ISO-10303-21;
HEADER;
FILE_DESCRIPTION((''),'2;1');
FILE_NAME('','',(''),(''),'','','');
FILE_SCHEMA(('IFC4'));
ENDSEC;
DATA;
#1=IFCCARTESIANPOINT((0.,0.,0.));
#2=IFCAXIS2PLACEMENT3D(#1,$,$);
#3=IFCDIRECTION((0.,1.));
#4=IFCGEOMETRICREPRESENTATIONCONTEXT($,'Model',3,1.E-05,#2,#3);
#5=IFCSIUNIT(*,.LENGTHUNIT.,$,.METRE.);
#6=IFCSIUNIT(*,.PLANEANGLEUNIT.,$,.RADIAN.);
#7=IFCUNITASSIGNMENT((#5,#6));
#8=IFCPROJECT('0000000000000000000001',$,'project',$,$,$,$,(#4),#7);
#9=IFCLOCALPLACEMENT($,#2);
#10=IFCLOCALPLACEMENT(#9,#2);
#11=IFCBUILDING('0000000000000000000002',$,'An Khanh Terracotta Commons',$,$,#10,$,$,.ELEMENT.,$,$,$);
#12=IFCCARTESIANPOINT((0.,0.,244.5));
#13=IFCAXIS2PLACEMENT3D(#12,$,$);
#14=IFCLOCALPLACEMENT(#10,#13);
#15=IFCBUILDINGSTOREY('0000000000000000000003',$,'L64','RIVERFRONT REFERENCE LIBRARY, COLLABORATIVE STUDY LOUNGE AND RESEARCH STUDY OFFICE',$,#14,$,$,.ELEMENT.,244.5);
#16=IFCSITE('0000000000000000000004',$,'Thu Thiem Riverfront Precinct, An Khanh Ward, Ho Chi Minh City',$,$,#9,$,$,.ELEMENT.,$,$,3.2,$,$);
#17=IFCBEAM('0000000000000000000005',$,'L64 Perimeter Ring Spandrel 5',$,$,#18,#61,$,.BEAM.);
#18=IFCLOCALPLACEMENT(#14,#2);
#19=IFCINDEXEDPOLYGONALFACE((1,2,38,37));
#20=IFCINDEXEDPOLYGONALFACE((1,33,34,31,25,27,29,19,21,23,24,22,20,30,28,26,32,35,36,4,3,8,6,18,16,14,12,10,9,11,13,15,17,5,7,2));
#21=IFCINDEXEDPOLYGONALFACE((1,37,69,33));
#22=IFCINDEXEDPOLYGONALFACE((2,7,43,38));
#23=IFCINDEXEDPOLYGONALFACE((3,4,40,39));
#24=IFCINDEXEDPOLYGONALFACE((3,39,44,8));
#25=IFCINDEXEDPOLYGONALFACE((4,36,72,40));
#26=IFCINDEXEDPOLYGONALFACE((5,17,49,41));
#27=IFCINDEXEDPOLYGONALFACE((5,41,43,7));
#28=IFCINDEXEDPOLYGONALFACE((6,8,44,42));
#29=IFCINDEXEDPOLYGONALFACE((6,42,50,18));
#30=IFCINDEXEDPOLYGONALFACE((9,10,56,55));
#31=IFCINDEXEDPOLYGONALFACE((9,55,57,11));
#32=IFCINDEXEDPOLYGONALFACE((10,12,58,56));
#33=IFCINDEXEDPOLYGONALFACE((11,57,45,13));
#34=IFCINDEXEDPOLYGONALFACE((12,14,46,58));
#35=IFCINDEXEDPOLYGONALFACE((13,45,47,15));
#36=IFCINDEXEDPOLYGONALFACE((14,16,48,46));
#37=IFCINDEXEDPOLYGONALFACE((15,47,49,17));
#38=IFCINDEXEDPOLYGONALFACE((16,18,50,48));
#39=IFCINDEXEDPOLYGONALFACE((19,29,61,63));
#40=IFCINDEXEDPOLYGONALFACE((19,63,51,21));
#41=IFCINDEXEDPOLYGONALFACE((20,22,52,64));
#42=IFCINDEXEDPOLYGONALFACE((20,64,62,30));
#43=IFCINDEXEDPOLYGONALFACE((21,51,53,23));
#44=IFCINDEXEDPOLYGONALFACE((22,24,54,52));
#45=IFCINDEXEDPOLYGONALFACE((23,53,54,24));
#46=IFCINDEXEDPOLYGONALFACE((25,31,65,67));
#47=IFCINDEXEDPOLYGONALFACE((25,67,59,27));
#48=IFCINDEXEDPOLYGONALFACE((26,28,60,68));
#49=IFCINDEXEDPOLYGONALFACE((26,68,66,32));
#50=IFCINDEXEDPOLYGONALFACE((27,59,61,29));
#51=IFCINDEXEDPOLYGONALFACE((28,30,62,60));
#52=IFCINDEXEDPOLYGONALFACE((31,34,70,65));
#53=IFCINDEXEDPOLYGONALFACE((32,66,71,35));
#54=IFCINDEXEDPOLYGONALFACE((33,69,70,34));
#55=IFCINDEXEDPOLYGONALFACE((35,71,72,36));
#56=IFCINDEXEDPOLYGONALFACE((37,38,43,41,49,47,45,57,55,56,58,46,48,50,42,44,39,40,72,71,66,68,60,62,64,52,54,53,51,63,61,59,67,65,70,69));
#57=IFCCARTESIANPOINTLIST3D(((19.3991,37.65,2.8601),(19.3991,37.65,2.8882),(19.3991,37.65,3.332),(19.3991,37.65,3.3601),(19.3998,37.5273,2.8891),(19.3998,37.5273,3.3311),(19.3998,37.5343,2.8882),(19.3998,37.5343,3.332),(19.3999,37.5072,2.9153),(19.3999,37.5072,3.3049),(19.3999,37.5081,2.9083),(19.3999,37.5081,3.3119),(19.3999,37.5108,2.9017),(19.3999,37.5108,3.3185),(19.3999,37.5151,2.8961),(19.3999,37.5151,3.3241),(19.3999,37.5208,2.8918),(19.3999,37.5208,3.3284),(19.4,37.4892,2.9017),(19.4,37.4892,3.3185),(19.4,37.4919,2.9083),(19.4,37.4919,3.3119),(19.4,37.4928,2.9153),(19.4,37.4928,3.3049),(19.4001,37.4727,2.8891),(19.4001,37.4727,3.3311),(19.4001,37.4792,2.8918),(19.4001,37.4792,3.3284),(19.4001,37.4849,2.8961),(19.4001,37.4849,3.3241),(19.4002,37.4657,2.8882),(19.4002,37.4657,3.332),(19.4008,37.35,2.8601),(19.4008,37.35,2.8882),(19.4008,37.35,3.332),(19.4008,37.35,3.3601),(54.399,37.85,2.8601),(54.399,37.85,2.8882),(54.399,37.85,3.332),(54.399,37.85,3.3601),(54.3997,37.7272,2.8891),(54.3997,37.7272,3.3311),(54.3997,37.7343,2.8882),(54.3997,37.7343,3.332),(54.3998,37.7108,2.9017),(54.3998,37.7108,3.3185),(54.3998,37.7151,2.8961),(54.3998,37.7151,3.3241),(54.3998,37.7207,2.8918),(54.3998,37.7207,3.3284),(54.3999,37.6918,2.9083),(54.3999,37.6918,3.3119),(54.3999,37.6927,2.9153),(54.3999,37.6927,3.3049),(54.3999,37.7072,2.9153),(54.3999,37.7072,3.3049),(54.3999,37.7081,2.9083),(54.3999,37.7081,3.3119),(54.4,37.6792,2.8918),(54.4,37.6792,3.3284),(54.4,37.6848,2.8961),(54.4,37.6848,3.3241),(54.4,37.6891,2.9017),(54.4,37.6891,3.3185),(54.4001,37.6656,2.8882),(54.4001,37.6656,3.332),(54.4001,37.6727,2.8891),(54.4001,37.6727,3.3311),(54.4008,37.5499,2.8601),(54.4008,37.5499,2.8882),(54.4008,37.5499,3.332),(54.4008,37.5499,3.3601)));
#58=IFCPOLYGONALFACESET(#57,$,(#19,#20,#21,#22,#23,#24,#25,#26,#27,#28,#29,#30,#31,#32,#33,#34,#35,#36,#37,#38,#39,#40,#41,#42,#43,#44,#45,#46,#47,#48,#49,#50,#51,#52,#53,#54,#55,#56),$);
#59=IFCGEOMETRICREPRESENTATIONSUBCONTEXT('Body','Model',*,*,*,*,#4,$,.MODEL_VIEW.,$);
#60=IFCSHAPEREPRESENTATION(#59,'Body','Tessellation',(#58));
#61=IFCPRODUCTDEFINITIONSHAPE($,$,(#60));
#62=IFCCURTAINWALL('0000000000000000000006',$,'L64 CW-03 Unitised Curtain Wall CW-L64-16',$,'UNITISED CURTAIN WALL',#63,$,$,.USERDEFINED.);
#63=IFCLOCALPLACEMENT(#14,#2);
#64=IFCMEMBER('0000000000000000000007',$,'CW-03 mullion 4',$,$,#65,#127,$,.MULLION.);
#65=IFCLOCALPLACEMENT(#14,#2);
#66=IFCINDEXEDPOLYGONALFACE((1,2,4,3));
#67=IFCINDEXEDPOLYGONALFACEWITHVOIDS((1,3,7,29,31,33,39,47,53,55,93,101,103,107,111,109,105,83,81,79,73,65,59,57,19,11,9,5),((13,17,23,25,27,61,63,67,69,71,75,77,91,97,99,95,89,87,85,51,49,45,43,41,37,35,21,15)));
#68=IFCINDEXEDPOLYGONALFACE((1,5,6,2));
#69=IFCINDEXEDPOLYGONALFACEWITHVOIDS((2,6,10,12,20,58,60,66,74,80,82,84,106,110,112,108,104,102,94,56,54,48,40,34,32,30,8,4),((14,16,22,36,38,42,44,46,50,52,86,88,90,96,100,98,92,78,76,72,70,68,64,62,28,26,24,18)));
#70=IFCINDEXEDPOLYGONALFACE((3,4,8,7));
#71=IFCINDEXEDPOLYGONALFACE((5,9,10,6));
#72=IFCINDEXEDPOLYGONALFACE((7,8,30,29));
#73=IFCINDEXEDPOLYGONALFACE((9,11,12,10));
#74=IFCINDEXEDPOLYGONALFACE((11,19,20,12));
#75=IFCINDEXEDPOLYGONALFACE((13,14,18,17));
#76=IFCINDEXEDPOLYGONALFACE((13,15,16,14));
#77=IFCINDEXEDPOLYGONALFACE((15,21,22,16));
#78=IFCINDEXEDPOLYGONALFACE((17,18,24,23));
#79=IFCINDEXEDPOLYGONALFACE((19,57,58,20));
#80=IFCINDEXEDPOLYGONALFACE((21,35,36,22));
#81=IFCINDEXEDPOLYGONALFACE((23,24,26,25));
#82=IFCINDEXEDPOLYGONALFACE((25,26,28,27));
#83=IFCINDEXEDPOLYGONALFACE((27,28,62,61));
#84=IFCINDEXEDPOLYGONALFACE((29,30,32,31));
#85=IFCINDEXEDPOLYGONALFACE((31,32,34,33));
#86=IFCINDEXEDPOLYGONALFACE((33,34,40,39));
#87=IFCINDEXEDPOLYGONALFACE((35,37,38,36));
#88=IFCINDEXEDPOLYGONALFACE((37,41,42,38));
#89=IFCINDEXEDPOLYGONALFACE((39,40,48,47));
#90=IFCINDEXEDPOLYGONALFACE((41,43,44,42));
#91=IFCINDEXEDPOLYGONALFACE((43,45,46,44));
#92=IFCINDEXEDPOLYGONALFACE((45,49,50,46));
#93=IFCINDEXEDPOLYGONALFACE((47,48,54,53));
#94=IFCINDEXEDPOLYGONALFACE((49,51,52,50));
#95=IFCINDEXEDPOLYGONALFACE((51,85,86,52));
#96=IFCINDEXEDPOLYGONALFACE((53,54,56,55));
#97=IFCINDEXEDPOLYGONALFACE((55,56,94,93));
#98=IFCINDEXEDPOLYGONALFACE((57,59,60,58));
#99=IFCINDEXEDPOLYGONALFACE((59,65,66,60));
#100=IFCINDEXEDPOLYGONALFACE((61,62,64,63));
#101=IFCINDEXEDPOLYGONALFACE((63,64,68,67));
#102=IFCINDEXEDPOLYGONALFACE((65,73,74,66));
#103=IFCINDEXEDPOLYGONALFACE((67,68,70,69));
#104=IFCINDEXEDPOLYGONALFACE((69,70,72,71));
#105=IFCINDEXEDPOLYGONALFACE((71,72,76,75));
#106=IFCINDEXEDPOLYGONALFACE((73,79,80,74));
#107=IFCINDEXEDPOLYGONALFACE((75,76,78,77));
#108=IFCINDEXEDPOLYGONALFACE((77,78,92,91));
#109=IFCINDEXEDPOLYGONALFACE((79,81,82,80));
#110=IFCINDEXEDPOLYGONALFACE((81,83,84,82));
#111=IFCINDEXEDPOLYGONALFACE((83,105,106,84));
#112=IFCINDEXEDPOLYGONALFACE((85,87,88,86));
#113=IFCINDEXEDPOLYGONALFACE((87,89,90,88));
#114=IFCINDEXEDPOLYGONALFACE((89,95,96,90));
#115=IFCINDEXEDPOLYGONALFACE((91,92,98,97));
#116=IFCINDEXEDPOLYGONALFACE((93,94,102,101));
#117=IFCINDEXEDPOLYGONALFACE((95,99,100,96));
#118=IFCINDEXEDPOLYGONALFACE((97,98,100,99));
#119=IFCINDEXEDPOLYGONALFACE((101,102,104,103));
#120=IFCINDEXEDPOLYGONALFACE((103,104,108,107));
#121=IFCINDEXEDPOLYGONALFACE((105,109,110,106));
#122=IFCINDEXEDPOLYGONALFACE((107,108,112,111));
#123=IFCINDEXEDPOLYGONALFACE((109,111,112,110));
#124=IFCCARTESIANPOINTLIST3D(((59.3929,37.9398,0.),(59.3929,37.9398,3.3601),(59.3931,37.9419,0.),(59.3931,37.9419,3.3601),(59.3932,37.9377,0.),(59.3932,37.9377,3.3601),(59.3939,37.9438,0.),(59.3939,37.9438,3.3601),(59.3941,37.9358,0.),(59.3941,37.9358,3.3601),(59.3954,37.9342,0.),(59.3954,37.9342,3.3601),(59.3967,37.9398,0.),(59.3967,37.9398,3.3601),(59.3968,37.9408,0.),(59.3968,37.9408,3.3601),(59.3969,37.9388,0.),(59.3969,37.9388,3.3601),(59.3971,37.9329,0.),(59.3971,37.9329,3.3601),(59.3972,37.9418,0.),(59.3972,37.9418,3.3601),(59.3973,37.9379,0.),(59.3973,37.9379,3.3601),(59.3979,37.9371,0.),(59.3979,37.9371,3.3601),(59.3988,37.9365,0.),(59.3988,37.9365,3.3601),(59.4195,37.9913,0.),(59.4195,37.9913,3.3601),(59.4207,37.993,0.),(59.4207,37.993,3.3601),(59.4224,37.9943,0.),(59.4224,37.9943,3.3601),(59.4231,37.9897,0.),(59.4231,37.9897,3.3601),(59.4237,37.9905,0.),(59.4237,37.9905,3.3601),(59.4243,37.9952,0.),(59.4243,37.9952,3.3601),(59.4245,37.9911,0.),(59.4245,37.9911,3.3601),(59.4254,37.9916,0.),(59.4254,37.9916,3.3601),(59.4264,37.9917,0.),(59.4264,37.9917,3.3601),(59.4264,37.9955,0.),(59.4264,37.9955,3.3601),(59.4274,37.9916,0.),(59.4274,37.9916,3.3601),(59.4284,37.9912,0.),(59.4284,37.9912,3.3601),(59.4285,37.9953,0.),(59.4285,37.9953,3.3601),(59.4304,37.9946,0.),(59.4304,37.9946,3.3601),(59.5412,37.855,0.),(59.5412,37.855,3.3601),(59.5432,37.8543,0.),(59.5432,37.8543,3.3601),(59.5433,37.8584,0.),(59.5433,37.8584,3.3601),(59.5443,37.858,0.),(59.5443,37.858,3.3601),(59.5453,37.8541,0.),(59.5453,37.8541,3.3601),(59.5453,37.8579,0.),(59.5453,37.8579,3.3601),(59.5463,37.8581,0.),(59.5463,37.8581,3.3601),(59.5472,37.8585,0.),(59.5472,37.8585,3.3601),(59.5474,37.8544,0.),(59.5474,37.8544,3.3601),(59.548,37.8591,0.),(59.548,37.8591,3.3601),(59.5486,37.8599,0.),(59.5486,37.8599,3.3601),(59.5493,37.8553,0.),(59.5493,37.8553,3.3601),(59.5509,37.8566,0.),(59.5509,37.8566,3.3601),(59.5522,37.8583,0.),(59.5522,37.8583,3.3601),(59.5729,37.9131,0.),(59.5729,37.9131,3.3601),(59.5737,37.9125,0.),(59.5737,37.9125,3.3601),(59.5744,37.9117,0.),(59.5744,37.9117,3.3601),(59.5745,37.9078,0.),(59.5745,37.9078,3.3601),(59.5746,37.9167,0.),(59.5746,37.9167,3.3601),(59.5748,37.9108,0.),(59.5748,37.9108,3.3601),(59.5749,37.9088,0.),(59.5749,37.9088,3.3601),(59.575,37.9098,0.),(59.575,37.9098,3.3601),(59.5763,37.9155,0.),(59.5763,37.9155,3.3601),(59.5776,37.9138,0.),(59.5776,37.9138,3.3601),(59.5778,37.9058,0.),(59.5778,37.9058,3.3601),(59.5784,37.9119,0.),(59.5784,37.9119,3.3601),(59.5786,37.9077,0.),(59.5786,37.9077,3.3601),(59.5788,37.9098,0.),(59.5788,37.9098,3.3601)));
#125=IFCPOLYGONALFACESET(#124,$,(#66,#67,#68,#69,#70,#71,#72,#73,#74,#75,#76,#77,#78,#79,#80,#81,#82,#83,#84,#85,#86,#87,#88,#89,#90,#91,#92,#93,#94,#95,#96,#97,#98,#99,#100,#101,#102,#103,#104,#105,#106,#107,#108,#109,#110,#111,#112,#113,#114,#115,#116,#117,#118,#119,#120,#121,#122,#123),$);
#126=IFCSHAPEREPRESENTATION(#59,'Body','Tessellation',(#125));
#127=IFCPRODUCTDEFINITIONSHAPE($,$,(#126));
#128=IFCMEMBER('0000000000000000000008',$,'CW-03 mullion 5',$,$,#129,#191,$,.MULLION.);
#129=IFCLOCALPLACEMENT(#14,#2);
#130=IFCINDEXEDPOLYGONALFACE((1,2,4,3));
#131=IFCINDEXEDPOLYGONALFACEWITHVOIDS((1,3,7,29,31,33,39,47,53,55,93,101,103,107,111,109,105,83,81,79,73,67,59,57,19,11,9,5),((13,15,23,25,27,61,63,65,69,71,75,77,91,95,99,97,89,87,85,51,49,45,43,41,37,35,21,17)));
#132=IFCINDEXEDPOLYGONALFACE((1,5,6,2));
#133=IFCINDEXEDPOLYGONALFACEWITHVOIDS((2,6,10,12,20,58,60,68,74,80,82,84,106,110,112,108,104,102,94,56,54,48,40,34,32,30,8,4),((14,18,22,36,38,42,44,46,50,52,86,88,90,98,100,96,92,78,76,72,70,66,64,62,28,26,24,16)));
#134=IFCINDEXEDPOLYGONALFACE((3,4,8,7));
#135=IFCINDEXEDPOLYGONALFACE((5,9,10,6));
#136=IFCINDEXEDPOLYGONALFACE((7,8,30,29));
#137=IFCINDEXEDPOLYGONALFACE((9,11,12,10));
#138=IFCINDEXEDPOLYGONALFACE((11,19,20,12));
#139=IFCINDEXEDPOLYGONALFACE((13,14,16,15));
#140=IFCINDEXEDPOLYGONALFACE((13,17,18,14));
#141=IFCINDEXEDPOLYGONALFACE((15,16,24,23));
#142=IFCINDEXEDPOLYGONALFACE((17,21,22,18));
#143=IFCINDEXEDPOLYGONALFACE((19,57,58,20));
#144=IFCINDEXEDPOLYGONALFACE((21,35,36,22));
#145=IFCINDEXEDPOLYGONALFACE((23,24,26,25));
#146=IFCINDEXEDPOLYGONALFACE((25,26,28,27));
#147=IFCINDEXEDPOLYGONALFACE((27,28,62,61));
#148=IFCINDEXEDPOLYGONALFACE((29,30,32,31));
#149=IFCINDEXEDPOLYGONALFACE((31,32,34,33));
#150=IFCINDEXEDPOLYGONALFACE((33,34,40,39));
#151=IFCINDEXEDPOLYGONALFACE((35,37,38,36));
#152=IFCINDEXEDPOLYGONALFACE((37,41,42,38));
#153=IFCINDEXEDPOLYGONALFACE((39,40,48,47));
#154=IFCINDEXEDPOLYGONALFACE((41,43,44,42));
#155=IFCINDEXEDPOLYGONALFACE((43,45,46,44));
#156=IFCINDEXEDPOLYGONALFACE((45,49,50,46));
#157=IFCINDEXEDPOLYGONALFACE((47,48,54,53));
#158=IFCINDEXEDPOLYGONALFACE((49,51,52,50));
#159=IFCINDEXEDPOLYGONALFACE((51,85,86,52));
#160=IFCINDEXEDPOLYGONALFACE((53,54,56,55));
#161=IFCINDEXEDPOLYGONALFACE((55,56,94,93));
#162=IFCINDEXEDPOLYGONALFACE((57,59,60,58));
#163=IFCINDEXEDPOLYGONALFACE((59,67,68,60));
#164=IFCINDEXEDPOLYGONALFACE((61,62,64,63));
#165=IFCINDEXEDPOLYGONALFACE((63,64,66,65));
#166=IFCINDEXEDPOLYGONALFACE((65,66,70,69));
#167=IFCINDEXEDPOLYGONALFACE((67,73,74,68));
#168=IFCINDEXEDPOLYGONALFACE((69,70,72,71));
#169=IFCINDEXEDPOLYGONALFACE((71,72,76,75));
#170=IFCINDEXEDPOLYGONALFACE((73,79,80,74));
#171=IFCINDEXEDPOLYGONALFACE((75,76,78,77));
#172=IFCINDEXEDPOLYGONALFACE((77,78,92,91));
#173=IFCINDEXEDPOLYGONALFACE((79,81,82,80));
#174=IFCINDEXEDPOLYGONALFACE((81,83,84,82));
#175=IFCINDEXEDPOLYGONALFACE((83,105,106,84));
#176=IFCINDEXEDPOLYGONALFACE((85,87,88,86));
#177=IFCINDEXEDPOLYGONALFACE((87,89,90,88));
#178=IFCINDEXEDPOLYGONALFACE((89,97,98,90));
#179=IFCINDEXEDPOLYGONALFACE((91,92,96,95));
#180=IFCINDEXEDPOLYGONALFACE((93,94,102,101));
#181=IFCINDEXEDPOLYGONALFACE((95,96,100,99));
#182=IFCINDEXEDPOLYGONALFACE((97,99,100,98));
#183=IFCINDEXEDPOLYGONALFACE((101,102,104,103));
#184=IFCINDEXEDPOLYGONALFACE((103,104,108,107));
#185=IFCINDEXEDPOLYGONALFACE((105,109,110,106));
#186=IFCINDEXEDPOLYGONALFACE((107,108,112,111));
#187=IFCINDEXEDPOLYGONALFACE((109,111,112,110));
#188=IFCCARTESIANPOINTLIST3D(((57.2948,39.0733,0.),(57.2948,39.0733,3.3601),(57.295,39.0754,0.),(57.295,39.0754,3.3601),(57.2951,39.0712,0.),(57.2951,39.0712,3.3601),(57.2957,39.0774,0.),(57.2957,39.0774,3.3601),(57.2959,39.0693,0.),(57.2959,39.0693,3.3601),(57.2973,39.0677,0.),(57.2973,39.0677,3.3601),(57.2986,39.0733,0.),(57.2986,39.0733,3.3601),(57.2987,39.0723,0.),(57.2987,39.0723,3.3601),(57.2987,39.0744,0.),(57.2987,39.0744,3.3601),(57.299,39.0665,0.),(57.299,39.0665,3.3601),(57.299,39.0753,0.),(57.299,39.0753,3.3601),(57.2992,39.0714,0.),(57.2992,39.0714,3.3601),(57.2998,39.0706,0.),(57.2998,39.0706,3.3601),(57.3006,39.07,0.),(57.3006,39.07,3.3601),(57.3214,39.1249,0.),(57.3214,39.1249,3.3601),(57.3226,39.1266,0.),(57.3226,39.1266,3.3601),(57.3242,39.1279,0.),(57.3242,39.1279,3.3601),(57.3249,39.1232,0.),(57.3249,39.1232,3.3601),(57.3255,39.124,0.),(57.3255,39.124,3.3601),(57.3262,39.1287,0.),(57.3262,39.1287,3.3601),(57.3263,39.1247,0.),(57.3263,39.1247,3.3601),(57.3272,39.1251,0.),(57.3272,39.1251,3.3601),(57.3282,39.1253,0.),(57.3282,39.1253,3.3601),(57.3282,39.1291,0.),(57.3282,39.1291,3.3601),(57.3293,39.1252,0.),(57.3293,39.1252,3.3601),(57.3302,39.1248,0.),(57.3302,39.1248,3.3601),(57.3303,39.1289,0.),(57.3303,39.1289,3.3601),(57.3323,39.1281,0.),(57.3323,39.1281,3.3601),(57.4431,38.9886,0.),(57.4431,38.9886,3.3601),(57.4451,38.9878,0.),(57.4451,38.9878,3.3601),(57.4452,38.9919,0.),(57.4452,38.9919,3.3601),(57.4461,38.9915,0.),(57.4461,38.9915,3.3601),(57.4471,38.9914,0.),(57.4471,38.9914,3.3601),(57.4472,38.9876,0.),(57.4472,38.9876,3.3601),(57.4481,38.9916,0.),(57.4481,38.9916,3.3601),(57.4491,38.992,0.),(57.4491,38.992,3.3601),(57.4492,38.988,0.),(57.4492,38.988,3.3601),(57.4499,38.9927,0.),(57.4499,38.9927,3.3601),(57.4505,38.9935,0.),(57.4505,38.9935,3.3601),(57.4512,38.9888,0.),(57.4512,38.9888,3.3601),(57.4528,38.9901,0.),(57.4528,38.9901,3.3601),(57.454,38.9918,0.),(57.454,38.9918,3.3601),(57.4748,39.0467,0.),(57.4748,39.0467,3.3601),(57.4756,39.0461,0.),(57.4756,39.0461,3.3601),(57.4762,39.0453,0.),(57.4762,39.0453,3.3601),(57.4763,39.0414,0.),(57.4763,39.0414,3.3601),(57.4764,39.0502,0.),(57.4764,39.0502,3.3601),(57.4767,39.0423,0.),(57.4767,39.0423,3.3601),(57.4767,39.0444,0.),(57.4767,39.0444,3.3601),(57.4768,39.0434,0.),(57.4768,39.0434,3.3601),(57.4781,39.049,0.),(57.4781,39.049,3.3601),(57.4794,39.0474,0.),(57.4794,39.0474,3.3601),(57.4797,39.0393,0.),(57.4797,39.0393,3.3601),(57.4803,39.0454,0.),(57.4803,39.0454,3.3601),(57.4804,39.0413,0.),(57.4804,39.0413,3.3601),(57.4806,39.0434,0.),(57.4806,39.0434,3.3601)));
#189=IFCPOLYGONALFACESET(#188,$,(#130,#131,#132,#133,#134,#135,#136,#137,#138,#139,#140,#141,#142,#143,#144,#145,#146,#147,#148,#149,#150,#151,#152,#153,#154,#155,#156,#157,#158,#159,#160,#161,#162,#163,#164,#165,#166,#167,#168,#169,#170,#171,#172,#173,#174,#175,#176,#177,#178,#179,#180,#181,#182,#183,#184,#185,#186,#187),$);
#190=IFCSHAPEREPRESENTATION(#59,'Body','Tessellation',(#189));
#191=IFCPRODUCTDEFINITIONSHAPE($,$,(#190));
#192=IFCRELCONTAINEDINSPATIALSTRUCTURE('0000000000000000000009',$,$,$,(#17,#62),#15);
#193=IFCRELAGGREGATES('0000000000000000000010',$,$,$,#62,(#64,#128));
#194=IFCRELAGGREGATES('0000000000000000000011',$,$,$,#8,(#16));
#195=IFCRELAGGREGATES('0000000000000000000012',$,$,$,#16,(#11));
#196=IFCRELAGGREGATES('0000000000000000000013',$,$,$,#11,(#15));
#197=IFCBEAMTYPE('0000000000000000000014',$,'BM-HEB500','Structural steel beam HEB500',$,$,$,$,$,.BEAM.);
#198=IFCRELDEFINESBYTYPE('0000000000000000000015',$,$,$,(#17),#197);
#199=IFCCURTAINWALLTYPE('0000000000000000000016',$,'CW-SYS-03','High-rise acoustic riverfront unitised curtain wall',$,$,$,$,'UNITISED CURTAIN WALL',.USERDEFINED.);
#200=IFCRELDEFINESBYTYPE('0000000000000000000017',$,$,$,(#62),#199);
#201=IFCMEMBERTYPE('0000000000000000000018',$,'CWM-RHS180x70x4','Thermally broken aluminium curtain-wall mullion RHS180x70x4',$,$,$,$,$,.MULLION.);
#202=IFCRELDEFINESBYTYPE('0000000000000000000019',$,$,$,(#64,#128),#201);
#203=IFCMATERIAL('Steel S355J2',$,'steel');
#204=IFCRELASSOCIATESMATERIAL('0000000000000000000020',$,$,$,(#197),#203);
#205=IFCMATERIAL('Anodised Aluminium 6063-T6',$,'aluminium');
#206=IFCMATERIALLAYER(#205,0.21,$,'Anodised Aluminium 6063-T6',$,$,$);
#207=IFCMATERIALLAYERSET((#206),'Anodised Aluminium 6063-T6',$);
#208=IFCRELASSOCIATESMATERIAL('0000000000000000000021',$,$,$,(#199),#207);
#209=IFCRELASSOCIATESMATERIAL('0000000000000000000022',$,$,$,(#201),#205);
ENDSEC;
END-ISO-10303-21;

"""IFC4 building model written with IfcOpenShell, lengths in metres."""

from ifc_helpers import new_model, si_unit, direction, frame, origin, origin_2d, place, context, subcontext, project, spatial, hollow_rectangle, i_section, extrude, material, layer, layer_set, material_profile, profile_set, type_object, element, aggregate, save


model = new_model("IFC4")

# Units and contexts
model_context = context("Model", 3, precision=1e-05, world=origin(), true_north=direction((0.0, 1.0)))
body_context = subcontext(model_context, "Body", "Model", "MODEL_VIEW")
ifc_project = project(units=[si_unit("LENGTHUNIT", "METRE"), si_unit("PLANEANGLEUNIT", "RADIAN")], contexts=[model_context])

# Site, building, storey
site_placement = place(None, origin())
site = spatial("IfcSite", under=ifc_project, at=site_placement, Name="Thu Thiem Riverfront Precinct, An Khanh Ward, Ho Chi Minh City", CompositionType="ELEMENT", RefElevation=3.2)
building_placement = place(site_placement, origin())
building = spatial("IfcBuilding", under=site, at=building_placement, Name="An Khanh Terracotta Commons", CompositionType="ELEMENT")
storey_placement = place(building_placement, frame((0.0, 0.0, 244.5)))
storey = spatial("IfcBuildingStorey", under=building, at=storey_placement, Name="L64", Description="RIVERFRONT REFERENCE LIBRARY, COLLABORATIVE STUDY LOUNGE AND RESEARCH STUDY OFFICE", CompositionType="ELEMENT", Elevation=244.5)

# Beam
ifc_material_1 = material(Name="Steel S355J2", Category="steel")
ifc_material_profile_1 = material_profile(ifc_material_1, i_section(OverallWidth=0.3, OverallDepth=0.5, WebThickness=0.0144, FlangeThickness=0.0281, FilletRadius=0.0271, at=origin_2d()), Name="HEB500")
ifc_profile_set_1 = profile_set([ifc_material_profile_1], Name="Steel S355J2")
beam_type_1 = type_object("IfcBeamType", Name="BM-HEB500", Description="Structural steel beam HEB500", PredefinedType="BEAM", material=ifc_profile_set_1)
beam_1_placement = place(storey_placement, frame((54.3999, 37.7, 3.1101), z_axis=(-0.999984, -0.005713, 0.0), x_axis=(0.005713, -0.999984, 0.0)))
element("IfcBeam", 1, at=beam_1_placement, inside=storey, type_object=beam_type_1, Name="L64 Perimeter Ring Spandrel 5", PredefinedType="BEAM", context=body_context, shape_type="SweptSolid", body=[
    extrude(i_section(OverallWidth=0.3, OverallDepth=0.5, WebThickness=0.0144, FlangeThickness=0.0281, FilletRadius=0.0271, at=origin_2d()), origin(), (0.0, 0.0, 1.0), 35.0005),
])

# Curtain wall, members
ifc_material_2 = material(Name="Anodised Aluminium 6063-T6", Category="aluminium")
ifc_layer_1 = layer(ifc_material_2, 0.21, Name="Anodised Aluminium 6063-T6")
ifc_layer_set_1 = layer_set([ifc_layer_1], Name="Anodised Aluminium 6063-T6")
curtain_wall_type = type_object("IfcCurtainWallType", Name="CW-SYS-03", Description="High-rise acoustic riverfront unitised curtain wall", ElementType="UNITISED CURTAIN WALL", PredefinedType="USERDEFINED", material=ifc_layer_set_1)
curtain_wall_placement = place(storey_placement, origin())
curtain_wall = element("IfcCurtainWall", 2, at=curtain_wall_placement, inside=storey, type_object=curtain_wall_type, Name="L64 CW-03 Unitised Curtain Wall CW-L64-16", ObjectType="UNITISED CURTAIN WALL", PredefinedType="USERDEFINED")
ifc_material_profile_2 = material_profile(ifc_material_2, hollow_rectangle(XDim=0.0701, YDim=0.1799, WallThickness=0.0039, InnerFilletRadius=0.0039, OuterFilletRadius=0.0081, at=origin_2d()), Name="RHS180x70x4")
ifc_profile_set_2 = profile_set([ifc_material_profile_2], Name="Anodised Aluminium 6063-T6")
member_type_1 = type_object("IfcMemberType", Name="CWM-RHS180x70x4", Description="Thermally broken aluminium curtain-wall mullion RHS180x70x4", PredefinedType="MULLION", material=ifc_profile_set_2)
member_1_placement = place(storey_placement, frame((59.4858, 37.9248, 0.0), z_axis=(0.0, 0.0, 1.0), x_axis=(-0.475381, -0.87978, 0.0)))
member_1 = element("IfcMember", 3, at=member_1_placement, type_object=member_type_1, Name="CW-03 mullion 4", PredefinedType="MULLION", context=body_context, shape_type="SweptSolid", body=[
    extrude(hollow_rectangle(XDim=0.0701, YDim=0.1799, WallThickness=0.0039, InnerFilletRadius=0.0039, OuterFilletRadius=0.0081, at=origin_2d()), origin(), (0.0, 0.0, 1.0), 3.3601),
])
member_2_placement = place(storey_placement, frame((57.3877, 39.0583, 0.0), z_axis=(0.0, 0.0, 1.0), x_axis=(-0.475381, -0.87978, 0.0)))
member_2 = element("IfcMember", 4, at=member_2_placement, type_object=member_type_1, Name="CW-03 mullion 5", PredefinedType="MULLION", context=body_context, shape_type="SweptSolid", body=[
    extrude(hollow_rectangle(XDim=0.0701, YDim=0.1799, WallThickness=0.0039, InnerFilletRadius=0.0039, OuterFilletRadius=0.0081, at=origin_2d()), origin(), (0.0, 0.0, 1.0), 3.3601),
])
aggregate(curtain_wall, [member_1, member_2])

save(model, "model.ifc")
